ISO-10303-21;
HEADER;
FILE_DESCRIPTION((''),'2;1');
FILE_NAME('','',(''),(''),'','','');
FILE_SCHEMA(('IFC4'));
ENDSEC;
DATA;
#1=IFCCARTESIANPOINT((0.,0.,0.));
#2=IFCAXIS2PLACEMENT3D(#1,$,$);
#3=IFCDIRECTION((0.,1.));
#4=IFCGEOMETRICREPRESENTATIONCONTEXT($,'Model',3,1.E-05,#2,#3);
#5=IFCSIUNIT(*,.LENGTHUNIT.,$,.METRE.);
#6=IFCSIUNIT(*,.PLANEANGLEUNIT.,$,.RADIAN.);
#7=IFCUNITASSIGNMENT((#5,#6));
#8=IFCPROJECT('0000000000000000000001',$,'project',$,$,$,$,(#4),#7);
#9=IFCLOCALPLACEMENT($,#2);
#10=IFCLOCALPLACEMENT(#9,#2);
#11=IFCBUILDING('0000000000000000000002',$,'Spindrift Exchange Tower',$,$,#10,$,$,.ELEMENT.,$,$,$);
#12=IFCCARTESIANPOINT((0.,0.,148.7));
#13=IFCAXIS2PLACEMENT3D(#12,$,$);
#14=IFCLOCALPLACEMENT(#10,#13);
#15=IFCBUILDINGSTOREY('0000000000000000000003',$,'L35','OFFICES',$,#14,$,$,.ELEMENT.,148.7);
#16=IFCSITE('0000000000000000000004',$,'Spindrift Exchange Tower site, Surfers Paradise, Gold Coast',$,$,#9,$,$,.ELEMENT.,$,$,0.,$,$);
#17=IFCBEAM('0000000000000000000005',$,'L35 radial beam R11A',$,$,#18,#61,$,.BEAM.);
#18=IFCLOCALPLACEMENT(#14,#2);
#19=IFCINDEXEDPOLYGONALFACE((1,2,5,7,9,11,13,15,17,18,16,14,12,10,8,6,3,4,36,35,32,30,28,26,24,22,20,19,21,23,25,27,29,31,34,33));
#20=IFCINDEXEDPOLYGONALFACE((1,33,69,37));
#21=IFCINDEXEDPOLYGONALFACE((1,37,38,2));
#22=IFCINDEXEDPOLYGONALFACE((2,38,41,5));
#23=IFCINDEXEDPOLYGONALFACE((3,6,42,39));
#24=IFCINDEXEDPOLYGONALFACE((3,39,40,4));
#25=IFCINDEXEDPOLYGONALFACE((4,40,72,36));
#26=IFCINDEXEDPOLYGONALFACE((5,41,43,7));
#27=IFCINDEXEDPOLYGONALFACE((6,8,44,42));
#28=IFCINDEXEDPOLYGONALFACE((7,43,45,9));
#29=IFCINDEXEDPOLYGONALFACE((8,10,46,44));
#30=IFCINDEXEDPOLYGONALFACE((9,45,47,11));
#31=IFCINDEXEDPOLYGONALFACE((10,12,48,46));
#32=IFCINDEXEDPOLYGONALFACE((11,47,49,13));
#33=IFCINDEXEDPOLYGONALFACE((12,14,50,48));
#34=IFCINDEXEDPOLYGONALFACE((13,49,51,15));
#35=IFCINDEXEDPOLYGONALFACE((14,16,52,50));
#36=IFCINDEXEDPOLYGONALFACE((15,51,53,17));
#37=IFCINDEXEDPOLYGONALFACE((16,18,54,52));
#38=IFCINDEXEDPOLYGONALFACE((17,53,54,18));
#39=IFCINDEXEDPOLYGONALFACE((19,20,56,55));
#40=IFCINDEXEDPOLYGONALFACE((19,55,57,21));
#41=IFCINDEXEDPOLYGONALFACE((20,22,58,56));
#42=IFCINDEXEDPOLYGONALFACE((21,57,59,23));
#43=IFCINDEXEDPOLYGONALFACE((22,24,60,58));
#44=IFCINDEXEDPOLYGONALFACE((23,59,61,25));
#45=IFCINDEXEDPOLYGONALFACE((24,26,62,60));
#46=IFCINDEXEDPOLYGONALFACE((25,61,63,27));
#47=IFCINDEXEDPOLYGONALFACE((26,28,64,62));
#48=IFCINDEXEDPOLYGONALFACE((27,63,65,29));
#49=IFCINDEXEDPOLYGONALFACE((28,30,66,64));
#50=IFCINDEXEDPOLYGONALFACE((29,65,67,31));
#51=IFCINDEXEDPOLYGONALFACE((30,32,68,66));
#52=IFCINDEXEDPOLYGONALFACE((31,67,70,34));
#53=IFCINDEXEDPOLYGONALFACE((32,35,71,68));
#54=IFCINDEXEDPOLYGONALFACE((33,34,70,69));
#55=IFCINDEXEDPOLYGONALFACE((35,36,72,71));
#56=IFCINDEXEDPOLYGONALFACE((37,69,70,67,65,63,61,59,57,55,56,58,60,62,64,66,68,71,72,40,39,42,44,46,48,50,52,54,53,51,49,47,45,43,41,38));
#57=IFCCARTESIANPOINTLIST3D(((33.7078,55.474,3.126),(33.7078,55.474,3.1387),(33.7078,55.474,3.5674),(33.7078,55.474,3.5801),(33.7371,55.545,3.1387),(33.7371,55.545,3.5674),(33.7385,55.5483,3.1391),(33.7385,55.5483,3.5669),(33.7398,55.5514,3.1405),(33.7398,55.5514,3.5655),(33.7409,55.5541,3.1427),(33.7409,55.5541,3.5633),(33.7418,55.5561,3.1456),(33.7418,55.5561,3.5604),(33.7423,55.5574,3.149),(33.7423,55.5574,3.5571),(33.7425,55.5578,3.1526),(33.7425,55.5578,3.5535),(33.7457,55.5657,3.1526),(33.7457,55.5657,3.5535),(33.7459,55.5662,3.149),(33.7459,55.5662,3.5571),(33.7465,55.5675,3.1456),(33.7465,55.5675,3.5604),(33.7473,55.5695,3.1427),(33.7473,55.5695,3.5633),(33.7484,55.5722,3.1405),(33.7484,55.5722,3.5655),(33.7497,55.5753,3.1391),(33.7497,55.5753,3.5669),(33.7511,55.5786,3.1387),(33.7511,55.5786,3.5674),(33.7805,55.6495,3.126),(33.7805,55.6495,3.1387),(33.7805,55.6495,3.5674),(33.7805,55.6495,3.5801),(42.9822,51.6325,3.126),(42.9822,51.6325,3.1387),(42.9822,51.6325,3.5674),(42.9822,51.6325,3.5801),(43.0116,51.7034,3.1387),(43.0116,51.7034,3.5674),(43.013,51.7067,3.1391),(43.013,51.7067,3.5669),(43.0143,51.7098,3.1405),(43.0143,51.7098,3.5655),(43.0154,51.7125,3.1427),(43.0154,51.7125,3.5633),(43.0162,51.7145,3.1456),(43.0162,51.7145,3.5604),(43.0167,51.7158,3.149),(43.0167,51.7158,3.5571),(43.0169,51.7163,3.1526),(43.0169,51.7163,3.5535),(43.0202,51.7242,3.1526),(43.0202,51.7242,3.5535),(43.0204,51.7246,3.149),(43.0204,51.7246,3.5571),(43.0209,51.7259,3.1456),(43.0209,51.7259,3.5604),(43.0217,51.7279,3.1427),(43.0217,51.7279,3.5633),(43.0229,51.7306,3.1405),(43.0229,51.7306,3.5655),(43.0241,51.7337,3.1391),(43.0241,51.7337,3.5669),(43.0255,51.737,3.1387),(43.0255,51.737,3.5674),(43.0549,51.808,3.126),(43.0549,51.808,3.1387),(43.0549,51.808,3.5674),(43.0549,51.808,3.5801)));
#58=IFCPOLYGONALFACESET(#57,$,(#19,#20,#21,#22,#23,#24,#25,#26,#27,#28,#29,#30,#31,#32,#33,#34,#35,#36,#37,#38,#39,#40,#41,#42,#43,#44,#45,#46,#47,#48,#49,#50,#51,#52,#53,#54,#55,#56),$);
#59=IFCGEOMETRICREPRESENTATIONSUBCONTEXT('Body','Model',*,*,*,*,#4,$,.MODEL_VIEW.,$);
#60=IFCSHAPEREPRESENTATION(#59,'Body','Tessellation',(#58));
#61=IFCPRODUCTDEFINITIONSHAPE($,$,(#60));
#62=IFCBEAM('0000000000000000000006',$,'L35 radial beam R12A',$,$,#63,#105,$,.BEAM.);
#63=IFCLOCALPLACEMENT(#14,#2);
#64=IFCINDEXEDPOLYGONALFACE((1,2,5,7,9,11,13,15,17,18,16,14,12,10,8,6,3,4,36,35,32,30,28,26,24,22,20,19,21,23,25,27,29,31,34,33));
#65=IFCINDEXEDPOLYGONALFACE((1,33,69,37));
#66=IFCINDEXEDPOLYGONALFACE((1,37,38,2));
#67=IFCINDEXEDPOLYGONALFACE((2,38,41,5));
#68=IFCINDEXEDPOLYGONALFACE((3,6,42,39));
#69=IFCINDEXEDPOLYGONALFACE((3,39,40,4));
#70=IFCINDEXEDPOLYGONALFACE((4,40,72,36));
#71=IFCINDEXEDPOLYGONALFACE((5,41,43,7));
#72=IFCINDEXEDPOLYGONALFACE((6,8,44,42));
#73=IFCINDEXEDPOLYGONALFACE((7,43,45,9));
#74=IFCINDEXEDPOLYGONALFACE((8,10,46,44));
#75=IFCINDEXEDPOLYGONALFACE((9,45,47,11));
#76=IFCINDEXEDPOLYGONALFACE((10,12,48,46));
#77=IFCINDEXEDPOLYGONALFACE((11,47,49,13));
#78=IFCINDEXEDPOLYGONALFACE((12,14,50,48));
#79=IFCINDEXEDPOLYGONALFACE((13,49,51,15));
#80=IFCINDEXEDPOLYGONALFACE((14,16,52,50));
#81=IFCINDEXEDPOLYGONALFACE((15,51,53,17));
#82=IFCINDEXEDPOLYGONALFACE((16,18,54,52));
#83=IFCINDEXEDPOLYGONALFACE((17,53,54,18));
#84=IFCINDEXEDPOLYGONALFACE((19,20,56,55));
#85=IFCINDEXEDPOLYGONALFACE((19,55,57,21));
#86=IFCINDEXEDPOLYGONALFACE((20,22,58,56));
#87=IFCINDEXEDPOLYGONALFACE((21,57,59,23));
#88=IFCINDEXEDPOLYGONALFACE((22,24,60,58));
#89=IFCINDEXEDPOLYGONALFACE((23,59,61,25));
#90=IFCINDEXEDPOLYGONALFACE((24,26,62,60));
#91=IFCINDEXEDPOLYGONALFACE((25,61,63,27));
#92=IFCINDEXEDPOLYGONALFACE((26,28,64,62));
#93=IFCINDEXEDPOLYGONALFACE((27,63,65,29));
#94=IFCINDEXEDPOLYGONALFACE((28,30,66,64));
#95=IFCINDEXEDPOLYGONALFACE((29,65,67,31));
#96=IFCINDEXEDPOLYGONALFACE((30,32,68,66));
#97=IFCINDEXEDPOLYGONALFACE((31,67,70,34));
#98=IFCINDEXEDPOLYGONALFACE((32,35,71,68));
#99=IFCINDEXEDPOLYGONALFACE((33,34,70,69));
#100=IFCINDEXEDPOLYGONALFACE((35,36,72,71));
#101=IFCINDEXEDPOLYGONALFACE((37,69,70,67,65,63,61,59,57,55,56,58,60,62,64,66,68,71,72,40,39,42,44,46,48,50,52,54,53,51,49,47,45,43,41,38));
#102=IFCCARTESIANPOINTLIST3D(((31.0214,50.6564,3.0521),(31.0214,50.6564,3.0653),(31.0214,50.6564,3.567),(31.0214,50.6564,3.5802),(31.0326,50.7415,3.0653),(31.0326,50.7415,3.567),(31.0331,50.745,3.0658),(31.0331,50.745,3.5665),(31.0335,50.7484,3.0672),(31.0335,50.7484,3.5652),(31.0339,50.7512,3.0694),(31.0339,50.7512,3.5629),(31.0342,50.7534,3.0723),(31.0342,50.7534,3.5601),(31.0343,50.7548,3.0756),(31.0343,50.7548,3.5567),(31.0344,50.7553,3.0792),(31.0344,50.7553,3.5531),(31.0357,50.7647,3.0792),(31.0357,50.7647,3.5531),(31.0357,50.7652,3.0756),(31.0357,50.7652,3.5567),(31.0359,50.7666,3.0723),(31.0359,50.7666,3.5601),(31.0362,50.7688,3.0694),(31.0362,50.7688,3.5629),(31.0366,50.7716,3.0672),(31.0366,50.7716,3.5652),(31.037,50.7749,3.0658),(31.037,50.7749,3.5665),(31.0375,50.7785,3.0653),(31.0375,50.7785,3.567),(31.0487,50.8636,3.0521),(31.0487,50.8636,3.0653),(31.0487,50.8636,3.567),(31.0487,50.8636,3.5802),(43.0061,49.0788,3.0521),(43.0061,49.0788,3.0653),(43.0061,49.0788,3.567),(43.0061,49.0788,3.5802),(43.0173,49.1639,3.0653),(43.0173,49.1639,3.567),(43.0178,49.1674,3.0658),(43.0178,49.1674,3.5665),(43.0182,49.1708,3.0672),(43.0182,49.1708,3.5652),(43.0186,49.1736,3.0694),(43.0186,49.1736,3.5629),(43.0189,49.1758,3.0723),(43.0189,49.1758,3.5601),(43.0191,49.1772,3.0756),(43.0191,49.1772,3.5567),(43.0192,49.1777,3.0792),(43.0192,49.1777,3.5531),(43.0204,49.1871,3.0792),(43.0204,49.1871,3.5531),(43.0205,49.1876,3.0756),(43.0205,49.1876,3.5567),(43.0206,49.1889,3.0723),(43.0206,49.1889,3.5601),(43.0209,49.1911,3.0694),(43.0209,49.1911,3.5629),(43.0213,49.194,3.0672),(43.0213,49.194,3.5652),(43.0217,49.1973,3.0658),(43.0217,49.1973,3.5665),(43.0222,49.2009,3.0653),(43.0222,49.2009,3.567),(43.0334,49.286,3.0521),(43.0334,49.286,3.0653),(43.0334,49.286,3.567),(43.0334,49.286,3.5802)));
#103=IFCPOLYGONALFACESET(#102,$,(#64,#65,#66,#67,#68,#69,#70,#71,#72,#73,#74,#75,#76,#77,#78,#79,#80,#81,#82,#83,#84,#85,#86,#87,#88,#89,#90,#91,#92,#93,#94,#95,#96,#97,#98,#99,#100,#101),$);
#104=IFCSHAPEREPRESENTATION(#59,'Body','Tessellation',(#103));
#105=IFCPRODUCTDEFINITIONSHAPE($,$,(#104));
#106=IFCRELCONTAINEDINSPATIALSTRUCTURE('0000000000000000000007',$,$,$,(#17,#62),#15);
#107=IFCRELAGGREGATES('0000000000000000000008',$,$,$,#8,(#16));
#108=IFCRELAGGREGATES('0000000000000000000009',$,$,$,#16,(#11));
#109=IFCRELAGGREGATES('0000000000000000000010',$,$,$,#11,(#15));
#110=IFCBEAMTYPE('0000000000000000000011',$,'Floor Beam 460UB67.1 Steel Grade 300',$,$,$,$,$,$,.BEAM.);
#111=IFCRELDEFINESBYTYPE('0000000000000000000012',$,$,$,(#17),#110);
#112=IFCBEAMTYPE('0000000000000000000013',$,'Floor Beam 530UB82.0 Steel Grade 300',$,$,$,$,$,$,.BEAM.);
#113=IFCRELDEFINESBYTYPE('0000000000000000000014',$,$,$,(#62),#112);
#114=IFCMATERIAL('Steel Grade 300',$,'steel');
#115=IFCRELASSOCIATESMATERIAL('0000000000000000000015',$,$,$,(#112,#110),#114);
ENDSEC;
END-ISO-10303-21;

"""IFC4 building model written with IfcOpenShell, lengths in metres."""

from ifc_helpers import new_model, si_unit, direction, frame, origin, origin_2d, place, context, subcontext, project, spatial, i_section, extrude, source, transform, mapped, material, material_profile, profile_set, type_object, element, save


model = new_model("IFC4")

# Units and contexts
model_context = context("Model", 3, precision=1e-05, world=origin(), true_north=direction((0.0, 1.0)))
body_context = subcontext(model_context, "Body", "Model", "MODEL_VIEW")
ifc_project = project(units=[si_unit("LENGTHUNIT", "METRE"), si_unit("PLANEANGLEUNIT", "RADIAN")], contexts=[model_context])

# Site, building, storey
site_placement = place(None, origin())
site = spatial("IfcSite", under=ifc_project, at=site_placement, Name="Spindrift Exchange Tower site, Surfers Paradise, Gold Coast", CompositionType="ELEMENT", RefElevation=0.0)
building_placement = place(site_placement, origin())
building = spatial("IfcBuilding", under=site, at=building_placement, Name="Spindrift Exchange Tower", CompositionType="ELEMENT")
storey_placement = place(building_placement, frame((0.0, 0.0, 148.7)))
storey = spatial("IfcBuildingStorey", under=building, at=storey_placement, Name="L35", Description="OFFICES", CompositionType="ELEMENT", Elevation=148.7)

# Beams
ifc_material_1 = material(Name="Steel Grade 300", Category="steel")
ifc_material_profile_1 = material_profile(ifc_material_1, i_section(OverallWidth=0.209, OverallDepth=0.5281, WebThickness=0.0095, FlangeThickness=0.0132, FilletRadius=0.0139, at=origin_2d()), Name="530UB82.0")
ifc_profile_set_1 = profile_set([ifc_material_profile_1], Name="Steel Grade 300")
beam_type_1 = type_object("IfcBeamType", Name="Floor Beam 530UB82.0 Steel Grade 300", PredefinedType="BEAM", material=ifc_profile_set_1)
ifc_material_profile_2 = material_profile(ifc_material_1, i_section(OverallWidth=0.1899, OverallDepth=0.4541, WebThickness=0.0085, FlangeThickness=0.0127, FilletRadius=0.0139, at=origin_2d()), Name="460UB67.1")
ifc_profile_set_2 = profile_set([ifc_material_profile_2], Name="Steel Grade 300")
beam_type_2 = type_object("IfcBeamType", Name="Floor Beam 460UB67.1 Steel Grade 300", PredefinedType="BEAM", material=ifc_profile_set_2)
shared_shape_1 = source(origin(), body_context, "Body", "SweptSolid", [
    extrude(i_section(OverallWidth=0.1899, OverallDepth=0.4541, WebThickness=0.0085, FlangeThickness=0.0127, FilletRadius=0.0139, at=origin_2d()), origin(), (0.0, 0.0, 1.0), 10.0386),
])
beam_1_placement = place(storey_placement, frame((43.0186, 51.7202, 3.353), z_axis=(-0.923881, 0.38268, 0.0), x_axis=(-0.38268, -0.923881, 0.0)))
element("IfcBeam", 1, at=beam_1_placement, inside=storey, type_object=beam_type_2, Name="L35 radial beam R11A", PredefinedType="BEAM", context=body_context, shape_type="MappedRepresentation", body=[
    mapped(shared_shape_1, transform((0.0, 0.0, 0.0), scale=1.0)),
])
shared_shape_2 = source(origin(), body_context, "Body", "SweptSolid", [
    extrude(i_section(OverallWidth=0.209, OverallDepth=0.5281, WebThickness=0.0095, FlangeThickness=0.0132, FilletRadius=0.0139, at=origin_2d()), origin(), (0.0, 0.0, 1.0), 12.0881),
])
beam_2_placement = place(storey_placement, frame((43.0198, 49.1824, 3.3162), z_axis=(-0.991447, 0.13051, 0.0), x_axis=(-0.13051, -0.991447, 0.0)))
element("IfcBeam", 2, at=beam_2_placement, inside=storey, type_object=beam_type_1, Name="L35 radial beam R12A", PredefinedType="BEAM", context=body_context, shape_type="MappedRepresentation", body=[
    mapped(shared_shape_2, transform((0.0, 0.0, 0.0), scale=1.0)),
])

save(model, "model.ifc")
